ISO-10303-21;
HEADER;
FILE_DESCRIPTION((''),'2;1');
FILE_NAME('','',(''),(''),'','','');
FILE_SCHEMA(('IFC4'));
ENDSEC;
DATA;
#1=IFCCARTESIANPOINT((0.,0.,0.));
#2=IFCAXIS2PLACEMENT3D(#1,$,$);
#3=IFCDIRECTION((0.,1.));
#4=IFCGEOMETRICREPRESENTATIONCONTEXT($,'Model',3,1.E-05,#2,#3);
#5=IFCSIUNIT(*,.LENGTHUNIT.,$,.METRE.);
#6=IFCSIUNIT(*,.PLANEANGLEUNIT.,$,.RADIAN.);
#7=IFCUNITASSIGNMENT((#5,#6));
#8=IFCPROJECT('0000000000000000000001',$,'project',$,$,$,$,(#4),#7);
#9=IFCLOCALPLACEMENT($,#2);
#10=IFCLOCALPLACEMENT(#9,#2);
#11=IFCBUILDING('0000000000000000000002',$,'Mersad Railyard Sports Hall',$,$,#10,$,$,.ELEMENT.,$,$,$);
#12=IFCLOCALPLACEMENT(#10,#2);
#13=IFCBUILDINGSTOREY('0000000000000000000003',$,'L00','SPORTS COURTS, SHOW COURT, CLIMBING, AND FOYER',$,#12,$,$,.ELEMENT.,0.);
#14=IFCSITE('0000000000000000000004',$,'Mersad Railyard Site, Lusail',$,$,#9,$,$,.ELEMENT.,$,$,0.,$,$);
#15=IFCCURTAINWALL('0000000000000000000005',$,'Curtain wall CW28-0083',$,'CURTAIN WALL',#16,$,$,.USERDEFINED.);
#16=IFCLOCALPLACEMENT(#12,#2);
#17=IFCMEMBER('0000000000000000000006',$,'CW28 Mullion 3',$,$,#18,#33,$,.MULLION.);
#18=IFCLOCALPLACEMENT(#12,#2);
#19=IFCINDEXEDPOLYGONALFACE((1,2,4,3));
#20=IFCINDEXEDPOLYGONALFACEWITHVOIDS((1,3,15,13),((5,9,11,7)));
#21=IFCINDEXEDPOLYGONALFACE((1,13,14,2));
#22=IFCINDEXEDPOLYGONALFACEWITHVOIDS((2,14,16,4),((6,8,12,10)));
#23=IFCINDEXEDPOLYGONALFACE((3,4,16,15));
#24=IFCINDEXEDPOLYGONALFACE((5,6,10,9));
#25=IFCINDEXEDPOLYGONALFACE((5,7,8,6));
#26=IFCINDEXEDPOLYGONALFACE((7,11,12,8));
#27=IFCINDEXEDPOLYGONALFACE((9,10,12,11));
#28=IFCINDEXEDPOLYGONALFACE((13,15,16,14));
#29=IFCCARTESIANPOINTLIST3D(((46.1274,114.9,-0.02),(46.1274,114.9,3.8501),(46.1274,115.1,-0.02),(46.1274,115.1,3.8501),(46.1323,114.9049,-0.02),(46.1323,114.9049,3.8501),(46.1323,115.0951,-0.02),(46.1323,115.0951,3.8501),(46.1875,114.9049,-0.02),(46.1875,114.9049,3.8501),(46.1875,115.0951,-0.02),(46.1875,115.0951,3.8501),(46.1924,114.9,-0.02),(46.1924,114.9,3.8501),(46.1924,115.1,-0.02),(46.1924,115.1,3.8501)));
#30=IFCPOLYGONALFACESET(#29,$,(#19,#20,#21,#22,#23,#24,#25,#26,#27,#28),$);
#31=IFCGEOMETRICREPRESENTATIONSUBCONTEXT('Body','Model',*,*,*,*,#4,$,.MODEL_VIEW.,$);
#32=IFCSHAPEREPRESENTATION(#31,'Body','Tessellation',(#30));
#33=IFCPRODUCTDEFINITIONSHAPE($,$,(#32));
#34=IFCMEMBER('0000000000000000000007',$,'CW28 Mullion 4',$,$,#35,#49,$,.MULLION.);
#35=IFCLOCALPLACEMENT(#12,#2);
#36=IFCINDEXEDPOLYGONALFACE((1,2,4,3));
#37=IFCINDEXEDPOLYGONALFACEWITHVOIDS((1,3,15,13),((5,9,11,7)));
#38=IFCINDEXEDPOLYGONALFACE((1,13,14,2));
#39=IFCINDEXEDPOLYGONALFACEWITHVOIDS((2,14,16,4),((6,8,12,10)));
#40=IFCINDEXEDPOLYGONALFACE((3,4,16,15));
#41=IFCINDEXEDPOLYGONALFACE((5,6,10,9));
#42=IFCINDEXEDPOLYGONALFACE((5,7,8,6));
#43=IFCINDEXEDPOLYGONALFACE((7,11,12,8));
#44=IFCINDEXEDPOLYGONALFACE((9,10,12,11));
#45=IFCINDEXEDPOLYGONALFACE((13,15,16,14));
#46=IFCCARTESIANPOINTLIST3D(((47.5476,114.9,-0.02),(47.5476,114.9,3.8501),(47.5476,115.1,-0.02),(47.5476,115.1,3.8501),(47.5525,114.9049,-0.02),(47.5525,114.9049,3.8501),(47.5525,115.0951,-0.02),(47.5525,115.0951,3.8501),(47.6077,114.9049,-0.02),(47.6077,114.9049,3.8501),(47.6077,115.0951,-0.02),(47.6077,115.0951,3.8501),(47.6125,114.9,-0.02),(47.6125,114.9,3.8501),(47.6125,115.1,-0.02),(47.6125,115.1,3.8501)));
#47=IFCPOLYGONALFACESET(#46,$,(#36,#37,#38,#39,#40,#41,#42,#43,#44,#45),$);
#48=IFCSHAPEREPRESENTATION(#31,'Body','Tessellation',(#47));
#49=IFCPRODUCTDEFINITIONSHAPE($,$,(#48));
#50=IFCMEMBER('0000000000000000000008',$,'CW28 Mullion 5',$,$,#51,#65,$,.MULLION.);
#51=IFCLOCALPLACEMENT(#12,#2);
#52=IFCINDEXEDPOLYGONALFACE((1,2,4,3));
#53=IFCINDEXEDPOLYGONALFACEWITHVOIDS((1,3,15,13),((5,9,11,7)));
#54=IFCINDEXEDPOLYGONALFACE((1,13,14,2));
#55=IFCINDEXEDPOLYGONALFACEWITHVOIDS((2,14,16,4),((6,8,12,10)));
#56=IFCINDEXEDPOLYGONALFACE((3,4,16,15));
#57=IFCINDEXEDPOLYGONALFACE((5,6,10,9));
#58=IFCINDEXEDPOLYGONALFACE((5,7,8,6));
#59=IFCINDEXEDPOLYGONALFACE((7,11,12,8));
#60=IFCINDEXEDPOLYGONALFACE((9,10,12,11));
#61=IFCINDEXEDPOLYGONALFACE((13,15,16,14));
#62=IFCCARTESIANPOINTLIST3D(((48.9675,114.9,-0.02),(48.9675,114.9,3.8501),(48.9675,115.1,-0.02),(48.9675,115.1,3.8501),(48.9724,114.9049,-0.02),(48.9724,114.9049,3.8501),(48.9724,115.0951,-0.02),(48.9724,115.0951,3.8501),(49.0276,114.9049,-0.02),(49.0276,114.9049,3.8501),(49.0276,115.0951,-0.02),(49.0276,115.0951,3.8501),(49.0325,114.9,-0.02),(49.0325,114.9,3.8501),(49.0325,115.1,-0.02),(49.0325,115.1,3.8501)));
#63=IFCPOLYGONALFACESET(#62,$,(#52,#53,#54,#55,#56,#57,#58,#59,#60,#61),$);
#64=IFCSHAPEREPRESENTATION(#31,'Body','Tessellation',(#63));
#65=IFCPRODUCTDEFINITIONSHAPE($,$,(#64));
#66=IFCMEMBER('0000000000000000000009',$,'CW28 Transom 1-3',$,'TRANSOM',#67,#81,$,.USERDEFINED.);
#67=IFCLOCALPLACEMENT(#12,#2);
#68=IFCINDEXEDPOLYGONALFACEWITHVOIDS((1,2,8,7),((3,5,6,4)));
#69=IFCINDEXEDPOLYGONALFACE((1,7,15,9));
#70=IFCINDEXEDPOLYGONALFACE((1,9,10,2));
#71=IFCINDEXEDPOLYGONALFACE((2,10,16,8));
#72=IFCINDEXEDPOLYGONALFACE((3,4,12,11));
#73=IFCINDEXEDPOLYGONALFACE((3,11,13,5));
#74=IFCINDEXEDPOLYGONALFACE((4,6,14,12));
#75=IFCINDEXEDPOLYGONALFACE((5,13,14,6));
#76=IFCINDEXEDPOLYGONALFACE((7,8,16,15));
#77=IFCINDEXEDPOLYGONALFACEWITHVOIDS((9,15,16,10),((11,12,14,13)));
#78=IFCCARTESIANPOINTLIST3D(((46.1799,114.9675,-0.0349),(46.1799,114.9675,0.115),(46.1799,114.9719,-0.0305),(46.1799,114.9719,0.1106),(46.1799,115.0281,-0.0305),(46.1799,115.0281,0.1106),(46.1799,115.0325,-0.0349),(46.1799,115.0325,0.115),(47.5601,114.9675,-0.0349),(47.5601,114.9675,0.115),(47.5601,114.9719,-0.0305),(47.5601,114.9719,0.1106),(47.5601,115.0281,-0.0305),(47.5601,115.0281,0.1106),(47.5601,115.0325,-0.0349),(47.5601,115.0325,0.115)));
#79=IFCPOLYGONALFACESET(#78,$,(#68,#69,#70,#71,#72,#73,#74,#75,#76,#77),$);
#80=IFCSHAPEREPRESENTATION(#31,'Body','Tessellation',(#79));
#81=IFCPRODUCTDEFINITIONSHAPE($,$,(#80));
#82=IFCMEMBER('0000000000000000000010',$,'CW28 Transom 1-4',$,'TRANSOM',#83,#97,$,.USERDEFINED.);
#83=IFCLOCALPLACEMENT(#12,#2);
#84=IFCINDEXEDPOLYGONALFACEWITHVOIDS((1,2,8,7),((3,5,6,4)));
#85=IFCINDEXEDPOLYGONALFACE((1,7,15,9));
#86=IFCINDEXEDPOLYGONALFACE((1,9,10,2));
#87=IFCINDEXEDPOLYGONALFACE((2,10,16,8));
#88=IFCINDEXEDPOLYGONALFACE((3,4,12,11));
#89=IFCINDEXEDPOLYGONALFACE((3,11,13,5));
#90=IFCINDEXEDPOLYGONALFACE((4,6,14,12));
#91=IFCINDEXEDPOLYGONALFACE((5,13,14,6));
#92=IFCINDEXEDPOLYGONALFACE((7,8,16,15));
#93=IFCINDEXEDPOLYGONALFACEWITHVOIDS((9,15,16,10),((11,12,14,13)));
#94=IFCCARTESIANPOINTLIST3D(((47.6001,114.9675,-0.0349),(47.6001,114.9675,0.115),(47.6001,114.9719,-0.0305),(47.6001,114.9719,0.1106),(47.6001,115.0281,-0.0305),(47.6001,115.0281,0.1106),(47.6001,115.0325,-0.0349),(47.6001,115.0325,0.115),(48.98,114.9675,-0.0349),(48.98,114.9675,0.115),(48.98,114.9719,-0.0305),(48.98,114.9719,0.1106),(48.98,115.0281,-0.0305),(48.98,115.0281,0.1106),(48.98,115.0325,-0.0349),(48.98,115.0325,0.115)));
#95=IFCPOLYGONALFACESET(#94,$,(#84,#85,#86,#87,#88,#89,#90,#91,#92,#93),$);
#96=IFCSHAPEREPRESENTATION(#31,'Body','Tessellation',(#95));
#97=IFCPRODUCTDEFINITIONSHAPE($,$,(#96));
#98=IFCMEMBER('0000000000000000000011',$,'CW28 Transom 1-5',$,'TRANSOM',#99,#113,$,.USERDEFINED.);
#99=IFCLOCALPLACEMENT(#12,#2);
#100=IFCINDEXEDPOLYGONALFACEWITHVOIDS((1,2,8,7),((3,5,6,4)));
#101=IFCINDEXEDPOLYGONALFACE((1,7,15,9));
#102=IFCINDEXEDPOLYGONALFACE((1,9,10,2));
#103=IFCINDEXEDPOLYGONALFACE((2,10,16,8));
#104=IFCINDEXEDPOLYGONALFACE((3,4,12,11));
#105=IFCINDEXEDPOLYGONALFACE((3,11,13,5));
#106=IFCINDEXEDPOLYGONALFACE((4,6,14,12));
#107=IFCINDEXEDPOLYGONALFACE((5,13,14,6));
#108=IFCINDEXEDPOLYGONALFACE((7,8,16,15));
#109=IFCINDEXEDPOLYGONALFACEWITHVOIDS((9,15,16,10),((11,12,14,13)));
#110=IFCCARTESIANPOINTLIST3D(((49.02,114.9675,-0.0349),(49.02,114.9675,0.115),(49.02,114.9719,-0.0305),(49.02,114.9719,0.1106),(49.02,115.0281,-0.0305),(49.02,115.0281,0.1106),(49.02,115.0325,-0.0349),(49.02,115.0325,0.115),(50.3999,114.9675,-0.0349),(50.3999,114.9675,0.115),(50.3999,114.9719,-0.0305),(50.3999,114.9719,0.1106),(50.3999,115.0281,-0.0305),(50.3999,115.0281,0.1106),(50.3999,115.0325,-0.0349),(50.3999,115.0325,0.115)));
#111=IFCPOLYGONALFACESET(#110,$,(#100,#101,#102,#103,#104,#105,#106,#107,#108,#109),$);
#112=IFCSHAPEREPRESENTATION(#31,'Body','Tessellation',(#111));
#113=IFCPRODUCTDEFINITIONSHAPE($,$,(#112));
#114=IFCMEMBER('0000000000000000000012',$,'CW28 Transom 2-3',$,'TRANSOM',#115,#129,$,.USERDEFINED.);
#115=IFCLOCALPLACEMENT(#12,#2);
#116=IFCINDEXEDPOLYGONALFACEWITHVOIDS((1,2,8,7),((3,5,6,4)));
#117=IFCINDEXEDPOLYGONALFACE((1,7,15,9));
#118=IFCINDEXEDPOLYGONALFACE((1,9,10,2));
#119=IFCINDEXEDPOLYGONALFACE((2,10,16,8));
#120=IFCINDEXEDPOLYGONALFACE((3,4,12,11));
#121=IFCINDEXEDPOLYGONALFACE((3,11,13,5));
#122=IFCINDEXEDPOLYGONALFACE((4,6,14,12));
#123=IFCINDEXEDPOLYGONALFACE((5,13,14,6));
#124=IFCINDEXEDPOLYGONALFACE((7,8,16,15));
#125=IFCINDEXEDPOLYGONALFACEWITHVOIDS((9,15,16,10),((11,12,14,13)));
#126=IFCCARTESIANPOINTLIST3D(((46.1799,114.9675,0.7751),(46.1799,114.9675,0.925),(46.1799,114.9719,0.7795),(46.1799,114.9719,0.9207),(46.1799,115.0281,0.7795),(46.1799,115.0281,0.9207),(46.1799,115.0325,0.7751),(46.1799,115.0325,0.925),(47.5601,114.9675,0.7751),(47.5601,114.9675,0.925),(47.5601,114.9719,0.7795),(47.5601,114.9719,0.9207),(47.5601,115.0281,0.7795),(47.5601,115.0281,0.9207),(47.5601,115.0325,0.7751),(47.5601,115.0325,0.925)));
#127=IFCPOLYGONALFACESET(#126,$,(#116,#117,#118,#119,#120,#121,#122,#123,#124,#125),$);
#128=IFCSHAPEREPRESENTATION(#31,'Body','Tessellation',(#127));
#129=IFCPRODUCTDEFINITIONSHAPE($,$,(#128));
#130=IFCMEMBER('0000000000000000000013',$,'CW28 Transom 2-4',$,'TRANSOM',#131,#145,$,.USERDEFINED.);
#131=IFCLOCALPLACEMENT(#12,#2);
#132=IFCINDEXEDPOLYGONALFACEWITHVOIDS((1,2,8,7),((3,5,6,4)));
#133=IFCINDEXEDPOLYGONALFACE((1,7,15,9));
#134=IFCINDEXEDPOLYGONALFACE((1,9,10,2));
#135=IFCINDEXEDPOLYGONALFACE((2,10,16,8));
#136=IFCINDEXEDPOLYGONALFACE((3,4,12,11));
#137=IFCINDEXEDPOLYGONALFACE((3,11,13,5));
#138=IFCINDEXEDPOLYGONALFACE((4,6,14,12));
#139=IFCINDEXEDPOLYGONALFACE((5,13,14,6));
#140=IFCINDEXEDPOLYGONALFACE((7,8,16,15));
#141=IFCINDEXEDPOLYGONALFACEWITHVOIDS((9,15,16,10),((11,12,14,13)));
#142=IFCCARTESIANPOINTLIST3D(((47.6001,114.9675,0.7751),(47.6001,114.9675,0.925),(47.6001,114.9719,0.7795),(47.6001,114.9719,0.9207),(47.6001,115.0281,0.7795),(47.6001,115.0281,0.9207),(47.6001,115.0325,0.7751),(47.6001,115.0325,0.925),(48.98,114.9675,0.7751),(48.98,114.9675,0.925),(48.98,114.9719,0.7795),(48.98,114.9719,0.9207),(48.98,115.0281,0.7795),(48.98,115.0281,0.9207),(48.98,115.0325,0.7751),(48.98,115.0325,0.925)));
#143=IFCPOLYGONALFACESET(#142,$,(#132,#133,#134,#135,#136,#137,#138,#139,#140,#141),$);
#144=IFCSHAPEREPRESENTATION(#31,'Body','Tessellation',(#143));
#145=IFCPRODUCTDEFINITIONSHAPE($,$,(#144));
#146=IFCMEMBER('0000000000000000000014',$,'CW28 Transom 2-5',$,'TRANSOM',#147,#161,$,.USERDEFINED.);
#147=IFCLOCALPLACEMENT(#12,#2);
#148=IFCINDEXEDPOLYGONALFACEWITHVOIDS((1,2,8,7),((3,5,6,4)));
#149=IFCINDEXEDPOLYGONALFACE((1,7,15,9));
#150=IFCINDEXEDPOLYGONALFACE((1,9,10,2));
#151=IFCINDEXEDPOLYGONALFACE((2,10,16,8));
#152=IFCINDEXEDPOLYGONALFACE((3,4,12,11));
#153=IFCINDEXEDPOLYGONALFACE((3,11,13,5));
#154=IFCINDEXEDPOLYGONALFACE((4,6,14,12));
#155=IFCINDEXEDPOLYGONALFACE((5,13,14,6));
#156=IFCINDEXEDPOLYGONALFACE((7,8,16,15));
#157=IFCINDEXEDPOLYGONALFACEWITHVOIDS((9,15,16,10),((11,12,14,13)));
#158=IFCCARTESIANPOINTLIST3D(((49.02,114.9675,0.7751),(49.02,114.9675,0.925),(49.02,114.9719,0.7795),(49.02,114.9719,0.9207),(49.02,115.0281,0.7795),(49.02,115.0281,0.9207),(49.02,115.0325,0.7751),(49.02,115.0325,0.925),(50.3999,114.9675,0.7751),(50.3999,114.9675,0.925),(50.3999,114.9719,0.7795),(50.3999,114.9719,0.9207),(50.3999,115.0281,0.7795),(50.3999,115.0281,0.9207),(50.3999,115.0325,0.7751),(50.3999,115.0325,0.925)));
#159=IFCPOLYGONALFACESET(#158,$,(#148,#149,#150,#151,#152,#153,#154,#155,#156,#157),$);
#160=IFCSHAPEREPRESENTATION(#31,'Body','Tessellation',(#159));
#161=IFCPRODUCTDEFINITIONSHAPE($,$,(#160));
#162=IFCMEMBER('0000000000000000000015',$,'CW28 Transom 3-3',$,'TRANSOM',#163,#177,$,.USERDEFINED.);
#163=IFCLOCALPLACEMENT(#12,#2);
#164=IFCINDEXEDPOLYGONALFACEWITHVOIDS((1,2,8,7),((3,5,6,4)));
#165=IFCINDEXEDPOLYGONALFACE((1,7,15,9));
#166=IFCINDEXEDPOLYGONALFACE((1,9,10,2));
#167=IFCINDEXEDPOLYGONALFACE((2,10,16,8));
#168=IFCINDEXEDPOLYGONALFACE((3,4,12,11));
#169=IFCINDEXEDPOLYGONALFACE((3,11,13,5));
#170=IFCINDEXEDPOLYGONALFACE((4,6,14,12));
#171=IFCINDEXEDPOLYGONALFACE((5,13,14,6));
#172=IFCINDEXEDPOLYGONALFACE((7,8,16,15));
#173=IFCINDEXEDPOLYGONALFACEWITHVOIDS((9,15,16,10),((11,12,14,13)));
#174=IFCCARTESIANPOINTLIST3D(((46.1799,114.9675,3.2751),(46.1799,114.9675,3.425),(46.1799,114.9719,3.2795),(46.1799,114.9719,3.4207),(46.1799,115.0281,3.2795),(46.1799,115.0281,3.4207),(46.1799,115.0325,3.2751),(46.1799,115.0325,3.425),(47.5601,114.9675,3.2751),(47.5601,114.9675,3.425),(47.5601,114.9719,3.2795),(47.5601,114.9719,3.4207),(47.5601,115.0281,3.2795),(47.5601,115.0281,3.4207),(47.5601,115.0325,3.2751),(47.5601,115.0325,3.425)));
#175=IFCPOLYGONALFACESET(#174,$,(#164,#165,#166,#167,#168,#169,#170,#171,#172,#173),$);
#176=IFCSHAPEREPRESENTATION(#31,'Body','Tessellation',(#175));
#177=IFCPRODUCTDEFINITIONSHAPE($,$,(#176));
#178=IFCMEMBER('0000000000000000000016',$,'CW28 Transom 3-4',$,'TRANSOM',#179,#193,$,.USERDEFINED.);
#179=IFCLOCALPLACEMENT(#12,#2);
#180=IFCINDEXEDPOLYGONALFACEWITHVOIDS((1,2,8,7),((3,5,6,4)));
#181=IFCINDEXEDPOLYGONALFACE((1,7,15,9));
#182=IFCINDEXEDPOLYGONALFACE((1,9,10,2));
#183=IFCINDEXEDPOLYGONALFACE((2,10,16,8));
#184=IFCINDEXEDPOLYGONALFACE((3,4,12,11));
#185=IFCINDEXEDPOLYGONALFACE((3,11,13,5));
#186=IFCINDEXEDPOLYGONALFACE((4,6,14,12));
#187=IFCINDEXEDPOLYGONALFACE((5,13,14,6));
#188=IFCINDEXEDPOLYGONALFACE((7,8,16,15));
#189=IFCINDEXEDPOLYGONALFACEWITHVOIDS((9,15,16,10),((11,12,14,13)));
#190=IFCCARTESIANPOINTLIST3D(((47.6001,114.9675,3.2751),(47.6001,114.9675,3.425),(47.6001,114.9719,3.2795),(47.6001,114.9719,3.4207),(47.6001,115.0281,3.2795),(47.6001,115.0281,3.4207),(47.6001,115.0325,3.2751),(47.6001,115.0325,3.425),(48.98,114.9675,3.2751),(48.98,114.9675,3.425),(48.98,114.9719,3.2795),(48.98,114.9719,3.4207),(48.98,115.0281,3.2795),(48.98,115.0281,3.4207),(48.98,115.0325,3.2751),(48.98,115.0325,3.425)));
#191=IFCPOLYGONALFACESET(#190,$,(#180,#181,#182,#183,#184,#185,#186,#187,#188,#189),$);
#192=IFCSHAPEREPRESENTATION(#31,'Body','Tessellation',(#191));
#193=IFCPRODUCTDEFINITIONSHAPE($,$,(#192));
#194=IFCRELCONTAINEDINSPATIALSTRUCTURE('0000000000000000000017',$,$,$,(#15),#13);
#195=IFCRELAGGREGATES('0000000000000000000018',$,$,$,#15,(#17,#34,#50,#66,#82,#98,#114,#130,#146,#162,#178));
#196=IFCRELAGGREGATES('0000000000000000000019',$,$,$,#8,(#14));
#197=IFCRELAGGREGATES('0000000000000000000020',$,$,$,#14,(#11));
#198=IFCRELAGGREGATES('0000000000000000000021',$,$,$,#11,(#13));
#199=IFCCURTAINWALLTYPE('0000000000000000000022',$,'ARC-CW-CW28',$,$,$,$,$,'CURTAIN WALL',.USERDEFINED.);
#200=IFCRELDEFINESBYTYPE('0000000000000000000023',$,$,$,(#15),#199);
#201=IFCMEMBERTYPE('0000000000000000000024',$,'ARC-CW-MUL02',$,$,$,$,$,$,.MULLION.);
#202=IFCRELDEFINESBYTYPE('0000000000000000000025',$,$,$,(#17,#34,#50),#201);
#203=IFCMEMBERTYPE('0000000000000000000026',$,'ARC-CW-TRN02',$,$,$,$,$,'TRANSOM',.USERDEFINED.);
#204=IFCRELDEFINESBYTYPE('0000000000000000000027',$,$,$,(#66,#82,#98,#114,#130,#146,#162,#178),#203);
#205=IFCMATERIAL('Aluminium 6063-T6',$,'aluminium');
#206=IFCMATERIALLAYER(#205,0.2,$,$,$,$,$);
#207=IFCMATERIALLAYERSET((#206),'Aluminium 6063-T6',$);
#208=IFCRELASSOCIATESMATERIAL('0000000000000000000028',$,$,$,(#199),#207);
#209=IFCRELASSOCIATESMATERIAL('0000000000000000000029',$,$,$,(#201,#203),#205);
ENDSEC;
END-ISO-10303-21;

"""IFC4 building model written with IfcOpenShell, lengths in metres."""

from ifc_helpers import new_model, si_unit, direction, frame, origin, origin_2d, place, context, subcontext, project, spatial, hollow_rectangle, extrude, material, layer, layer_set, material_profile, profile_set, type_object, element, aggregate, save


model = new_model("IFC4")

# Units and contexts
model_context = context("Model", 3, precision=1e-05, world=origin(), true_north=direction((0.0, 1.0)))
body_context = subcontext(model_context, "Body", "Model", "MODEL_VIEW")
ifc_project = project(units=[si_unit("LENGTHUNIT", "METRE"), si_unit("PLANEANGLEUNIT", "RADIAN")], contexts=[model_context])

# Site, building, storey
site_placement = place(None, origin())
site = spatial("IfcSite", under=ifc_project, at=site_placement, Name="Mersad Railyard Site, Lusail", CompositionType="ELEMENT", RefElevation=0.0)
building_placement = place(site_placement, origin())
building = spatial("IfcBuilding", under=site, at=building_placement, Name="Mersad Railyard Sports Hall", CompositionType="ELEMENT")
storey_placement = place(building_placement, origin())
storey = spatial("IfcBuildingStorey", under=building, at=storey_placement, Name="L00", Description="SPORTS COURTS, SHOW COURT, CLIMBING, AND FOYER", CompositionType="ELEMENT", Elevation=0.0)

# Curtain wall, members
ifc_material_1 = material(Name="Aluminium 6063-T6", Category="aluminium")
ifc_layer_1 = layer(ifc_material_1, 0.2)
ifc_layer_set_1 = layer_set([ifc_layer_1], Name="Aluminium 6063-T6")
curtain_wall_type = type_object("IfcCurtainWallType", Name="ARC-CW-CW28", ElementType="CURTAIN WALL", PredefinedType="USERDEFINED", material=ifc_layer_set_1)
curtain_wall_placement = place(storey_placement, origin())
curtain_wall = element("IfcCurtainWall", 1, at=curtain_wall_placement, inside=storey, type_object=curtain_wall_type, Name="Curtain wall CW28-0083", ObjectType="CURTAIN WALL", PredefinedType="USERDEFINED")
ifc_material_profile_1 = material_profile(ifc_material_1, hollow_rectangle(XDim=0.0649, YDim=0.2, WallThickness=0.0049, at=origin_2d()), Name="AL MULLION 65x200x5")
ifc_profile_set_1 = profile_set([ifc_material_profile_1], Name="Aluminium 6063-T6")
member_type_1 = type_object("IfcMemberType", Name="ARC-CW-MUL02", PredefinedType="MULLION", material=ifc_profile_set_1)
member_1_placement = place(storey_placement, frame((46.1599, 115.0, -0.02), z_axis=(0.0, 0.0, 1.0), x_axis=(1.0, 0.0, 0.0)))
member_1 = element("IfcMember", 2, at=member_1_placement, type_object=member_type_1, Name="CW28 Mullion 3", PredefinedType="MULLION", context=body_context, shape_type="SweptSolid", body=[
    extrude(hollow_rectangle(XDim=0.0649, YDim=0.2, WallThickness=0.0049, at=origin_2d()), origin(), (0.0, 0.0, 1.0), 3.8701),
])
member_2_placement = place(storey_placement, frame((47.5801, 115.0, -0.02), z_axis=(0.0, 0.0, 1.0), x_axis=(1.0, 0.0, 0.0)))
member_2 = element("IfcMember", 3, at=member_2_placement, type_object=member_type_1, Name="CW28 Mullion 4", PredefinedType="MULLION", context=body_context, shape_type="SweptSolid", body=[
    extrude(hollow_rectangle(XDim=0.0649, YDim=0.2, WallThickness=0.0049, at=origin_2d()), origin(), (0.0, 0.0, 1.0), 3.8701),
])
member_3_placement = place(storey_placement, frame((49.0, 115.0, -0.02), z_axis=(0.0, 0.0, 1.0), x_axis=(1.0, 0.0, 0.0)))
member_3 = element("IfcMember", 4, at=member_3_placement, type_object=member_type_1, Name="CW28 Mullion 5", PredefinedType="MULLION", context=body_context, shape_type="SweptSolid", body=[
    extrude(hollow_rectangle(XDim=0.0649, YDim=0.2, WallThickness=0.0049, at=origin_2d()), origin(), (0.0, 0.0, 1.0), 3.8701),
])
ifc_material_profile_2 = material_profile(ifc_material_1, hollow_rectangle(XDim=0.0649, YDim=0.1499, WallThickness=0.0044, at=origin_2d()), Name="AL TRANSOM 65x150x4.5")
ifc_profile_set_2 = profile_set([ifc_material_profile_2], Name="Aluminium 6063-T6")
member_type_2 = type_object("IfcMemberType", Name="ARC-CW-TRN02", ElementType="TRANSOM", PredefinedType="USERDEFINED", material=ifc_profile_set_2)
member_4_placement = place(storey_placement, frame((46.1799, 115.0, 0.04), z_axis=(1.0, 0.0, 0.0), x_axis=(0.0, 1.0, 0.0)))
member_4 = element("IfcMember", 5, at=member_4_placement, type_object=member_type_2, Name="CW28 Transom 1-3", ObjectType="TRANSOM", PredefinedType="USERDEFINED", context=body_context, shape_type="SweptSolid", body=[
    extrude(hollow_rectangle(XDim=0.0649, YDim=0.1499, WallThickness=0.0044, at=origin_2d()), origin(), (0.0, 0.0, 1.0), 1.3801),
])
member_5_placement = place(storey_placement, frame((47.6001, 115.0, 0.04), z_axis=(1.0, 0.0, 0.0), x_axis=(0.0, 1.0, 0.0)))
member_5 = element("IfcMember", 6, at=member_5_placement, type_object=member_type_2, Name="CW28 Transom 1-4", ObjectType="TRANSOM", PredefinedType="USERDEFINED", context=body_context, shape_type="SweptSolid", body=[
    extrude(hollow_rectangle(XDim=0.0649, YDim=0.1499, WallThickness=0.0044, at=origin_2d()), origin(), (0.0, 0.0, 1.0), 1.3799),
])
member_6_placement = place(storey_placement, frame((49.02, 115.0, 0.04), z_axis=(1.0, 0.0, 0.0), x_axis=(0.0, 1.0, 0.0)))
member_6 = element("IfcMember", 7, at=member_6_placement, type_object=member_type_2, Name="CW28 Transom 1-5", ObjectType="TRANSOM", PredefinedType="USERDEFINED", context=body_context, shape_type="SweptSolid", body=[
    extrude(hollow_rectangle(XDim=0.0649, YDim=0.1499, WallThickness=0.0044, at=origin_2d()), origin(), (0.0, 0.0, 1.0), 1.3799),
])
member_7_placement = place(storey_placement, frame((46.1799, 115.0, 0.8501), z_axis=(1.0, 0.0, 0.0), x_axis=(0.0, 1.0, 0.0)))
member_7 = element("IfcMember", 8, at=member_7_placement, type_object=member_type_2, Name="CW28 Transom 2-3", ObjectType="TRANSOM", PredefinedType="USERDEFINED", context=body_context, shape_type="SweptSolid", body=[
    extrude(hollow_rectangle(XDim=0.0649, YDim=0.1499, WallThickness=0.0044, at=origin_2d()), origin(), (0.0, 0.0, 1.0), 1.3801),
])
member_8_placement = place(storey_placement, frame((47.6001, 115.0, 0.8501), z_axis=(1.0, 0.0, 0.0), x_axis=(0.0, 1.0, 0.0)))
member_8 = element("IfcMember", 9, at=member_8_placement, type_object=member_type_2, Name="CW28 Transom 2-4", ObjectType="TRANSOM", PredefinedType="USERDEFINED", context=body_context, shape_type="SweptSolid", body=[
    extrude(hollow_rectangle(XDim=0.0649, YDim=0.1499, WallThickness=0.0044, at=origin_2d()), origin(), (0.0, 0.0, 1.0), 1.3799),
])
member_9_placement = place(storey_placement, frame((49.02, 115.0, 0.8501), z_axis=(1.0, 0.0, 0.0), x_axis=(0.0, 1.0, 0.0)))
member_9 = element("IfcMember", 10, at=member_9_placement, type_object=member_type_2, Name="CW28 Transom 2-5", ObjectType="TRANSOM", PredefinedType="USERDEFINED", context=body_context, shape_type="SweptSolid", body=[
    extrude(hollow_rectangle(XDim=0.0649, YDim=0.1499, WallThickness=0.0044, at=origin_2d()), origin(), (0.0, 0.0, 1.0), 1.3799),
])
member_10_placement = place(storey_placement, frame((46.1799, 115.0, 3.3501), z_axis=(1.0, 0.0, 0.0), x_axis=(0.0, 1.0, 0.0)))
member_10 = element("IfcMember", 11, at=member_10_placement, type_object=member_type_2, Name="CW28 Transom 3-3", ObjectType="TRANSOM", PredefinedType="USERDEFINED", context=body_context, shape_type="SweptSolid", body=[
    extrude(hollow_rectangle(XDim=0.0649, YDim=0.1499, WallThickness=0.0044, at=origin_2d()), origin(), (0.0, 0.0, 1.0), 1.3801),
])
member_11_placement = place(storey_placement, frame((47.6001, 115.0, 3.3501), z_axis=(1.0, 0.0, 0.0), x_axis=(0.0, 1.0, 0.0)))
member_11 = element("IfcMember", 12, at=member_11_placement, type_object=member_type_2, Name="CW28 Transom 3-4", ObjectType="TRANSOM", PredefinedType="USERDEFINED", context=body_context, shape_type="SweptSolid", body=[
    extrude(hollow_rectangle(XDim=0.0649, YDim=0.1499, WallThickness=0.0044, at=origin_2d()), origin(), (0.0, 0.0, 1.0), 1.3799),
])
aggregate(curtain_wall, [member_1, member_2, member_3, member_4, member_5, member_6, member_7, member_8, member_9, member_10, member_11])

save(model, "model.ifc")
